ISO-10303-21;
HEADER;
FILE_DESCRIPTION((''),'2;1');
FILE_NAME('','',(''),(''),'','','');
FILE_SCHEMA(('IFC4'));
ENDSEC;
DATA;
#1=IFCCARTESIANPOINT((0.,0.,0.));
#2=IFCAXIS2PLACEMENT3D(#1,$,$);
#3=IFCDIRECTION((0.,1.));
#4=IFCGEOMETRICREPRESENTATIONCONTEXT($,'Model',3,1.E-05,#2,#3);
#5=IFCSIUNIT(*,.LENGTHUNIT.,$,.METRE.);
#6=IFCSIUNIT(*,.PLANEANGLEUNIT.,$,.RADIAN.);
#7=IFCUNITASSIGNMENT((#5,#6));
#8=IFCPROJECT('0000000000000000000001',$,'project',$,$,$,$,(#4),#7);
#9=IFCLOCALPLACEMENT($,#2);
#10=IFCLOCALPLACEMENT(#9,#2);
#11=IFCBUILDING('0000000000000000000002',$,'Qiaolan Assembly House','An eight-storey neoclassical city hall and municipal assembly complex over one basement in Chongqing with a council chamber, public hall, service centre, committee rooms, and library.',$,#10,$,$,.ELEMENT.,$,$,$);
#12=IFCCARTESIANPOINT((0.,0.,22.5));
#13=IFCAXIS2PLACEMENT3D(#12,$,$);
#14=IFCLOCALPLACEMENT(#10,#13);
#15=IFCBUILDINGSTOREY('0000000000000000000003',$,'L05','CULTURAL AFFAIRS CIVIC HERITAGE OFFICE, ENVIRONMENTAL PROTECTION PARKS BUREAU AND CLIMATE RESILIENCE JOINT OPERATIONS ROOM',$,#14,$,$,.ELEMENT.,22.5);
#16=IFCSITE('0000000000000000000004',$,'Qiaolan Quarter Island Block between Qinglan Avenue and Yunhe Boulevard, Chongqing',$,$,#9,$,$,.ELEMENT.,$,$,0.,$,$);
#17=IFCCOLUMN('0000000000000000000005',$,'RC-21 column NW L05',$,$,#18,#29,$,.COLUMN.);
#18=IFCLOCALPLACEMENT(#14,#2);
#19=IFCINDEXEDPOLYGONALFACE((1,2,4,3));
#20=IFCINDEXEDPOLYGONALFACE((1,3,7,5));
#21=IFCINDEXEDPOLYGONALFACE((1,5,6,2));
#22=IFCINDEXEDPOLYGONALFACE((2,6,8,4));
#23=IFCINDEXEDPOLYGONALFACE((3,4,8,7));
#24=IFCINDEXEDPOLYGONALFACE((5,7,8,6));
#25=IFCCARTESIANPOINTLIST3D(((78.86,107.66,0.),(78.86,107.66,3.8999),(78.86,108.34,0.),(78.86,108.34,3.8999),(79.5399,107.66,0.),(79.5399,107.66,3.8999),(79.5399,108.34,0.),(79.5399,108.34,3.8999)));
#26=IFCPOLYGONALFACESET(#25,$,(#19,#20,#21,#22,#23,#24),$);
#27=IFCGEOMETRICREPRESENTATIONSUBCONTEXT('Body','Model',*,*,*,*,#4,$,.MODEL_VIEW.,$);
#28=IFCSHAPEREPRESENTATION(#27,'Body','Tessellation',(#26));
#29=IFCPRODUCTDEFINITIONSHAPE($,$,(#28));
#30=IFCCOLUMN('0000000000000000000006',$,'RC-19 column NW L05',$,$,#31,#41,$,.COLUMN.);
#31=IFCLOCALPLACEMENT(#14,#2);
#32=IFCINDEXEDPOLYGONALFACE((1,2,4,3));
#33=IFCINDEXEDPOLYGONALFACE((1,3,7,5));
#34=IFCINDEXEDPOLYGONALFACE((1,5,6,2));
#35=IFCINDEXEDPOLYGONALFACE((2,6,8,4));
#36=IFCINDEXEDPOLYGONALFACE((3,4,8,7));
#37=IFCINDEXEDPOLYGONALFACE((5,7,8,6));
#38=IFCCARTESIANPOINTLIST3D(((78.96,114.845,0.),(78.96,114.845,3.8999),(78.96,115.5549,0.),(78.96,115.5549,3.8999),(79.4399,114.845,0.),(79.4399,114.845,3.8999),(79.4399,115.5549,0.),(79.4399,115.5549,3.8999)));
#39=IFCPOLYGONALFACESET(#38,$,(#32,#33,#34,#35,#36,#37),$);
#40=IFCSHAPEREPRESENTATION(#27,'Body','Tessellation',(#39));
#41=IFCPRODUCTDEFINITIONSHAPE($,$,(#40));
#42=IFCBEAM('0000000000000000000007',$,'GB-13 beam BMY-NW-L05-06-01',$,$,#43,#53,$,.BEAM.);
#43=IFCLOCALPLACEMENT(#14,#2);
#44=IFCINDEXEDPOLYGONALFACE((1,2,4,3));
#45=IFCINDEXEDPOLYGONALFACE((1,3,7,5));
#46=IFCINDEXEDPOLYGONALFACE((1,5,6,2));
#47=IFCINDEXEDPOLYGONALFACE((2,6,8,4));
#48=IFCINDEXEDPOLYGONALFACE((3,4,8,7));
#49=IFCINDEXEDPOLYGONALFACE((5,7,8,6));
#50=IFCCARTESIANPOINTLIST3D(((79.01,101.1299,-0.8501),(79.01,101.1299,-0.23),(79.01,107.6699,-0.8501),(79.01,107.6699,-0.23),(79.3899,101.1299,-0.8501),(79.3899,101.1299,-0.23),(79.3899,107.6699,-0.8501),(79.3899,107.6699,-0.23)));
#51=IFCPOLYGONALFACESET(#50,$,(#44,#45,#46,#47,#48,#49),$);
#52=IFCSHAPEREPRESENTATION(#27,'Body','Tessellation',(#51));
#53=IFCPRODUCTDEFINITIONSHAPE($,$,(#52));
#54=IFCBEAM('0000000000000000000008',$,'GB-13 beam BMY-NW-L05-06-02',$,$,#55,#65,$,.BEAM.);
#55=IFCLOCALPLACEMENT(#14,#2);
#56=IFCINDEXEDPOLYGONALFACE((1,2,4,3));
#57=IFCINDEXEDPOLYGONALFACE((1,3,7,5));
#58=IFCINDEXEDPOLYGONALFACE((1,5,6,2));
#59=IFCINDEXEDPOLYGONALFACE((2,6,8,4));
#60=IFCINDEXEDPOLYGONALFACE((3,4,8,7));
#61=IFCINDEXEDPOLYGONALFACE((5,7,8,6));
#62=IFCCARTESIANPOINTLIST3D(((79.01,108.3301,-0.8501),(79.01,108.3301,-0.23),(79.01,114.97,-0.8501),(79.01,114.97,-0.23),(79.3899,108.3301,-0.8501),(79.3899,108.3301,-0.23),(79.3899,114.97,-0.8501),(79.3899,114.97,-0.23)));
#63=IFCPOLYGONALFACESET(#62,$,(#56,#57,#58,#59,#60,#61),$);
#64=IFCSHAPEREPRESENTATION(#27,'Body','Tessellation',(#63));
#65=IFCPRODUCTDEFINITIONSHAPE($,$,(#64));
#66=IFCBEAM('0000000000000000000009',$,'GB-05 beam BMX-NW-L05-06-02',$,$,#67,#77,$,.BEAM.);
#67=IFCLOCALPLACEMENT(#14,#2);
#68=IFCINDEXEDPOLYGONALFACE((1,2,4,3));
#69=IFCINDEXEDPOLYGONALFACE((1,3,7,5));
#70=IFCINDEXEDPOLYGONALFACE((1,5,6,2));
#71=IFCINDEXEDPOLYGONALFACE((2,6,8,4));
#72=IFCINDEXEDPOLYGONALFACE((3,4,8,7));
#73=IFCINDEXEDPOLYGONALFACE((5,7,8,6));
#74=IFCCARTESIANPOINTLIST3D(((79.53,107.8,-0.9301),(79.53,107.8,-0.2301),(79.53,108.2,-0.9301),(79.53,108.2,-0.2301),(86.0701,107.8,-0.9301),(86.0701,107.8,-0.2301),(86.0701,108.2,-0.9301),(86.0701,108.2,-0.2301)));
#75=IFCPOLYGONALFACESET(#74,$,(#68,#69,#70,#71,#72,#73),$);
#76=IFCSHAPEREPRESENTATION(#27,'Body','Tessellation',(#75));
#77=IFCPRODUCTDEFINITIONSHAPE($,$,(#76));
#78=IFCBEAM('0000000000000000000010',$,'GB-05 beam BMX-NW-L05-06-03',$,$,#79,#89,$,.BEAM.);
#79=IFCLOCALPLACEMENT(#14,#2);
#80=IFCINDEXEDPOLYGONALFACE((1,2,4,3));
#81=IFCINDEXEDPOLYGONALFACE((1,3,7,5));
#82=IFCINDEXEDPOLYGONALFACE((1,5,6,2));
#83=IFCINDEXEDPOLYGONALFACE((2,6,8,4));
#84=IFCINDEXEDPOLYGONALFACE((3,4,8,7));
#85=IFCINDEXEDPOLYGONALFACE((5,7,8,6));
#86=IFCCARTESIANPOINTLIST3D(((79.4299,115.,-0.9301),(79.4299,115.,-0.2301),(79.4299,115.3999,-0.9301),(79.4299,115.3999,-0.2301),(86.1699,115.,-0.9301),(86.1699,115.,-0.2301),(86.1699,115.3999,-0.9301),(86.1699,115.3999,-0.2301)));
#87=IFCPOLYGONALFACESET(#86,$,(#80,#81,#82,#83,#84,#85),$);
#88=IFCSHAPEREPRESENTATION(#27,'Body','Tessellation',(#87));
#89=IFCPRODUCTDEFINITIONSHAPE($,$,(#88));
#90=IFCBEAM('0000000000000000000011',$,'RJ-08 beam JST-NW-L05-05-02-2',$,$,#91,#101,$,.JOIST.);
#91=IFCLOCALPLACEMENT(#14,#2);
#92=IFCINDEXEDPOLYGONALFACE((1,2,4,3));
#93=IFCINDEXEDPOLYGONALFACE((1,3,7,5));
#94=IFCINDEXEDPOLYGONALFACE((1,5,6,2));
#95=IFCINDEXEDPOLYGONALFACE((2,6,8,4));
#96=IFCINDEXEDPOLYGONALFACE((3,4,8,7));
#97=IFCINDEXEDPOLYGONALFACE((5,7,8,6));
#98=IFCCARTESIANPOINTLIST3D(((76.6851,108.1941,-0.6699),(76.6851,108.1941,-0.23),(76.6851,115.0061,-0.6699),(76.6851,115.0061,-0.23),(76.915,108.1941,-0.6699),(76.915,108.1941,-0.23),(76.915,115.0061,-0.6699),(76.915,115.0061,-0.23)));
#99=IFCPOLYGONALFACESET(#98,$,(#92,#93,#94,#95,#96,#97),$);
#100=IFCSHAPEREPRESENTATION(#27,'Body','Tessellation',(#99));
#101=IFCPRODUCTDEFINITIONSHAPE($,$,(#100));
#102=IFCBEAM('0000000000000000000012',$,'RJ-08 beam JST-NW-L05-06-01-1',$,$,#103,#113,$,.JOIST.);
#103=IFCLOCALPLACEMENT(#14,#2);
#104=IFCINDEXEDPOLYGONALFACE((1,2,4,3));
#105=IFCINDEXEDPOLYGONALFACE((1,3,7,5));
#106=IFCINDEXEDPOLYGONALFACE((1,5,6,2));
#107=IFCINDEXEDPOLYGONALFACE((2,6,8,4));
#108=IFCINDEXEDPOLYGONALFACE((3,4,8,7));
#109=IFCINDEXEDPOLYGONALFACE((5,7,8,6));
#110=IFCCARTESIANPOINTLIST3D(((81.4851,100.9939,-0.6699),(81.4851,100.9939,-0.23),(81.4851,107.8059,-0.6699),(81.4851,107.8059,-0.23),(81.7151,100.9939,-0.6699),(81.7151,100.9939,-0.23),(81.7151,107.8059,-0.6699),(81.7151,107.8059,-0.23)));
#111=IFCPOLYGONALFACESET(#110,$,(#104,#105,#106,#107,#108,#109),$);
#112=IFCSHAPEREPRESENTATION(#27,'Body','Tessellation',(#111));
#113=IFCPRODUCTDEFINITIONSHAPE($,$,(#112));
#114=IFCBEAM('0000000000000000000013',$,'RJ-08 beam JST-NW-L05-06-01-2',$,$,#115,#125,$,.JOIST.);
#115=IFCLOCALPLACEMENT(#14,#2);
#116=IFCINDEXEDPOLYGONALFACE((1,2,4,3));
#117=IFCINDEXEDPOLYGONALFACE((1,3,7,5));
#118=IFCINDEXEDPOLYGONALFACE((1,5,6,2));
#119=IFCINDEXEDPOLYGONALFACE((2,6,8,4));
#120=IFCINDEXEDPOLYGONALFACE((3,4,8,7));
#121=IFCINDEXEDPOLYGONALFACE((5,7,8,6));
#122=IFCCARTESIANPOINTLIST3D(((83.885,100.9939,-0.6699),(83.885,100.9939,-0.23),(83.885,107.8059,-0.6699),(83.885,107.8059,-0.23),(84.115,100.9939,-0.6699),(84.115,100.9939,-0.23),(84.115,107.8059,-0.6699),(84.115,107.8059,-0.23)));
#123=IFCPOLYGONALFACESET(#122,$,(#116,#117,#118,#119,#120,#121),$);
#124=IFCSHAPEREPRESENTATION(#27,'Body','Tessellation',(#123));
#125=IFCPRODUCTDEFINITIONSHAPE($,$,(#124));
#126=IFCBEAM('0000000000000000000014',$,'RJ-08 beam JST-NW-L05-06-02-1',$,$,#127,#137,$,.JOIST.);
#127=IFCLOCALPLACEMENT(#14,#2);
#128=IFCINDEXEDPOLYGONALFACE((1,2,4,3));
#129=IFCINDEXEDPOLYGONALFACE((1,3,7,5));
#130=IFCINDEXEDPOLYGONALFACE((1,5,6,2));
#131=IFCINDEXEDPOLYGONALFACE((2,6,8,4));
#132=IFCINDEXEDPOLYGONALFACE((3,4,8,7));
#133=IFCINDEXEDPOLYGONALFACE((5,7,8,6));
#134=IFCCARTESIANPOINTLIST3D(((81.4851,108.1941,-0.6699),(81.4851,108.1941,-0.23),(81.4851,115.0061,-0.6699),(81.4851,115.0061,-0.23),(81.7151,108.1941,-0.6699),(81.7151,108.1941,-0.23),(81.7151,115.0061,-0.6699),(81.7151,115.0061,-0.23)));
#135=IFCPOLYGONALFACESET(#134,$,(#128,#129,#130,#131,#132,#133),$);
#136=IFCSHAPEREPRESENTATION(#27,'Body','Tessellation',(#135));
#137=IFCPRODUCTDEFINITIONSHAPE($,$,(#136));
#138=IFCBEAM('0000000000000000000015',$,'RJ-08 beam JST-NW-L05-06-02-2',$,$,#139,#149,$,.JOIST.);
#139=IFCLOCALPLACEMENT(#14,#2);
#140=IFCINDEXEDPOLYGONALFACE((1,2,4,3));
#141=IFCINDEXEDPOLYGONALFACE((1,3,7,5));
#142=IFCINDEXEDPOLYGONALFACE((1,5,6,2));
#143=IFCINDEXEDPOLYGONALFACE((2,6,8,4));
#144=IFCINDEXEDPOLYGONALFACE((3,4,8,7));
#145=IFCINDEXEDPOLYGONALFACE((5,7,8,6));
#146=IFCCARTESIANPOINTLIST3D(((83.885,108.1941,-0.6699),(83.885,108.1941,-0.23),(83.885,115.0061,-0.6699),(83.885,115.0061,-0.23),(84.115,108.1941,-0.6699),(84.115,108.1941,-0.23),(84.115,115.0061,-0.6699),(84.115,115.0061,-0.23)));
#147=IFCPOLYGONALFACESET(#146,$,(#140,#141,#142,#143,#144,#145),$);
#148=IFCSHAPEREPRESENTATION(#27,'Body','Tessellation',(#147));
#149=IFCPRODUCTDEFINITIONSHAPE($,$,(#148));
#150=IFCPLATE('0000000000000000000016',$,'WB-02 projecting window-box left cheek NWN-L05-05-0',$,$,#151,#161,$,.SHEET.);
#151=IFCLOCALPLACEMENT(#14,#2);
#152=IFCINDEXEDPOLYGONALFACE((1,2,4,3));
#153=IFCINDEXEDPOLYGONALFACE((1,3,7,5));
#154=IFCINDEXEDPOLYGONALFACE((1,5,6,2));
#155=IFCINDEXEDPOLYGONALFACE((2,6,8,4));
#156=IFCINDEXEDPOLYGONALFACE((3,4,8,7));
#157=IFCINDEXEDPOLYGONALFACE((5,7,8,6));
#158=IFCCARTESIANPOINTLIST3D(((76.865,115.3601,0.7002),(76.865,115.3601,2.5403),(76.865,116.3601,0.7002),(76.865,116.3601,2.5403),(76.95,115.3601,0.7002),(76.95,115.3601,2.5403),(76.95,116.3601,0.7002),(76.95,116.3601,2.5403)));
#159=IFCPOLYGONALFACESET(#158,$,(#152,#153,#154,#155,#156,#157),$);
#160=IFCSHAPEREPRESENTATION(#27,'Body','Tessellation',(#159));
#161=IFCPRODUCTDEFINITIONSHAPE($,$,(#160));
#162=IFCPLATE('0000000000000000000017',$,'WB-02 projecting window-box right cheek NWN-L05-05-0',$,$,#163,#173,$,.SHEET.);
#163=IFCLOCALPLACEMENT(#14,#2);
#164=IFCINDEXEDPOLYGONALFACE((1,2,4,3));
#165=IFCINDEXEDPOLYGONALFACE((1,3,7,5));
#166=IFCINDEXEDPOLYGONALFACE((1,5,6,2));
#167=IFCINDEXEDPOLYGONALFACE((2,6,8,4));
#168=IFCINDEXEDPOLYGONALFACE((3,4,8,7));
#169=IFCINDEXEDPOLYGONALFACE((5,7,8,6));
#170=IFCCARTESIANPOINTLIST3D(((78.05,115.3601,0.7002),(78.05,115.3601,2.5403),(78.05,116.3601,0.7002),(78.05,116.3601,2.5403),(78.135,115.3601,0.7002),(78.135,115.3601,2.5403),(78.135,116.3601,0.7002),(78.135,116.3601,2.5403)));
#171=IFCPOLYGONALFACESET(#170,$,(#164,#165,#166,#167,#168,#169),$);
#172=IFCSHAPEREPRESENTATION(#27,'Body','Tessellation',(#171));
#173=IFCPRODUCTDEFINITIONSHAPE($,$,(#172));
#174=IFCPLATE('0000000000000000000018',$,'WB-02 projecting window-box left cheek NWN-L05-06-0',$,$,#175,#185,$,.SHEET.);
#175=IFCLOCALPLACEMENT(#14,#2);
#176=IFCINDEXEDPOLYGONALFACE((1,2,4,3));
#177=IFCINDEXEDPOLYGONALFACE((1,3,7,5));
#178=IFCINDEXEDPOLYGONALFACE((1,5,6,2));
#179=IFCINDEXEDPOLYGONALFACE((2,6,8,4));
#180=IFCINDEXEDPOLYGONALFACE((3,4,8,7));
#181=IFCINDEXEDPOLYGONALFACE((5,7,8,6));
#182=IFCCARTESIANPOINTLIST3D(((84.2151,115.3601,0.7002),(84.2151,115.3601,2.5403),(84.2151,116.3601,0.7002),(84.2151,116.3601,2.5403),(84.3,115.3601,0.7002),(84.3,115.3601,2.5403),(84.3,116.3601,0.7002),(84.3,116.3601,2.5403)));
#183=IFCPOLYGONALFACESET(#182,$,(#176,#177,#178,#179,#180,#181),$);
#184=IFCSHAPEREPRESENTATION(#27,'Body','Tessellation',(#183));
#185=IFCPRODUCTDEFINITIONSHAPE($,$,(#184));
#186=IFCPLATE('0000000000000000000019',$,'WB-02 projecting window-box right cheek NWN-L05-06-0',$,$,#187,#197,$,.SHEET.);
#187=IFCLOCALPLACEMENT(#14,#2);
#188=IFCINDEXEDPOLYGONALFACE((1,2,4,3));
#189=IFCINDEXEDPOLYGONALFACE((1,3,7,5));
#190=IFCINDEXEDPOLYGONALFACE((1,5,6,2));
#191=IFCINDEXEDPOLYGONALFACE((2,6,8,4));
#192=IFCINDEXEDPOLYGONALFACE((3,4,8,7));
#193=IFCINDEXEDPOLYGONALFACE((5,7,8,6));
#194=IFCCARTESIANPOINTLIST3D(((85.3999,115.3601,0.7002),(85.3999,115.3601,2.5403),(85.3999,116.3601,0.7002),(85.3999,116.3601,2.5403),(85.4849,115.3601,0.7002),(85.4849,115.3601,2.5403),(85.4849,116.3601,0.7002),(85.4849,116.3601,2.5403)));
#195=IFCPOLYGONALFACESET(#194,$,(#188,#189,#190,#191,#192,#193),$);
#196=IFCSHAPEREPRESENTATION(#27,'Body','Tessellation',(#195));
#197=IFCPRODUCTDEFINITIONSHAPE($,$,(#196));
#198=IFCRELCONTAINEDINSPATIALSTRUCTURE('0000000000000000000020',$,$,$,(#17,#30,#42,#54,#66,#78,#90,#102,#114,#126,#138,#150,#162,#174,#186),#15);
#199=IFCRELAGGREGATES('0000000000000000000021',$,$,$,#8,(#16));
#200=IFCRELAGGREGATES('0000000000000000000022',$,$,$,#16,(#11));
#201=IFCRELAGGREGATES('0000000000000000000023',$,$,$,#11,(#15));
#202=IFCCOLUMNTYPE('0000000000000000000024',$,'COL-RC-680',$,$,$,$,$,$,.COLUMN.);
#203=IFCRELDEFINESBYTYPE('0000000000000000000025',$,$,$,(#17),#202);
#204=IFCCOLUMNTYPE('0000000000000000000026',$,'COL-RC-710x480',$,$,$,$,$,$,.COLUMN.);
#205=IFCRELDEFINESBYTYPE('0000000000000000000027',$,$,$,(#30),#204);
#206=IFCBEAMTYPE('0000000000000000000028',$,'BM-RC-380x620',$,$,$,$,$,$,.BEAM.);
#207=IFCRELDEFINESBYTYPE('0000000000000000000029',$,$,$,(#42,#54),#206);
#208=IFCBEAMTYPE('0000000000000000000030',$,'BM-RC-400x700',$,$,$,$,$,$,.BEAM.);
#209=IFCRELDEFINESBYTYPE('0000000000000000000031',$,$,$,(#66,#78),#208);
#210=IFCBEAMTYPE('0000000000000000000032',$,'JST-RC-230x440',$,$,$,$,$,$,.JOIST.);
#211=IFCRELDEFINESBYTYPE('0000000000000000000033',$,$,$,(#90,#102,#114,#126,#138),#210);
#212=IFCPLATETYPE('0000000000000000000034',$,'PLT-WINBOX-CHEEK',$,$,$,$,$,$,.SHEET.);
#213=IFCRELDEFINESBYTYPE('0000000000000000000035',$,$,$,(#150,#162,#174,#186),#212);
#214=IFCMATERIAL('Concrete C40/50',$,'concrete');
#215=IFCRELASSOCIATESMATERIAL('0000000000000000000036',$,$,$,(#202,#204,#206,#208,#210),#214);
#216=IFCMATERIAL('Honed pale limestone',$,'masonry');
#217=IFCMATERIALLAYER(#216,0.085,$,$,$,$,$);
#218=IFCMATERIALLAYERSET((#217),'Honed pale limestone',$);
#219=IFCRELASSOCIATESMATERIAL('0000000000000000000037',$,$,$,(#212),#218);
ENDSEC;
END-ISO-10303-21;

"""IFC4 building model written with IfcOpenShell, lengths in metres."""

from ifc_helpers import new_model, si_unit, direction, frame, origin, origin_2d, place, context, subcontext, project, spatial, rectangle, extrude, material, layer, layer_set, material_profile, profile_set, type_object, element, save


model = new_model("IFC4")

# Units and contexts
model_context = context("Model", 3, precision=1e-05, world=origin(), true_north=direction((0.0, 1.0)))
body_context = subcontext(model_context, "Body", "Model", "MODEL_VIEW")
ifc_project = project(units=[si_unit("LENGTHUNIT", "METRE"), si_unit("PLANEANGLEUNIT", "RADIAN")], contexts=[model_context])

# Site, building, storey
site_placement = place(None, origin())
site = spatial("IfcSite", under=ifc_project, at=site_placement, Name="Qiaolan Quarter Island Block between Qinglan Avenue and Yunhe Boulevard, Chongqing", CompositionType="ELEMENT", RefElevation=0.0)
building_placement = place(site_placement, origin())
building = spatial("IfcBuilding", under=site, at=building_placement, Name="Qiaolan Assembly House", Description="An eight-storey neoclassical city hall and municipal assembly complex over one basement in Chongqing with a council chamber, public hall, service centre, committee rooms, and library.", CompositionType="ELEMENT")
storey_placement = place(building_placement, frame((0.0, 0.0, 22.5)))
storey = spatial("IfcBuildingStorey", under=building, at=storey_placement, Name="L05", Description="CULTURAL AFFAIRS CIVIC HERITAGE OFFICE, ENVIRONMENTAL PROTECTION PARKS BUREAU AND CLIMATE RESILIENCE JOINT OPERATIONS ROOM", CompositionType="ELEMENT", Elevation=22.5)

# Columns
ifc_material_1 = material(Name="Concrete C40/50", Category="concrete")
ifc_material_profile_1 = material_profile(ifc_material_1, rectangle(XDim=0.6799, YDim=0.6799, at=origin_2d()), Name="RC 680x680")
ifc_profile_set_1 = profile_set([ifc_material_profile_1], Name="Concrete C40/50")
column_type_1 = type_object("IfcColumnType", Name="COL-RC-680", PredefinedType="COLUMN", material=ifc_profile_set_1)
column_1_placement = place(storey_placement, frame((79.2, 108.0, 0.0), z_axis=(0.0, 0.0, 1.0), x_axis=(1.0, 0.0, 0.0)))
element("IfcColumn", 1, at=column_1_placement, inside=storey, type_object=column_type_1, Name="RC-21 column NW L05", PredefinedType="COLUMN", context=body_context, shape_type="SweptSolid", body=[
    extrude(rectangle(XDim=0.6799, YDim=0.6799, at=origin_2d()), origin(), (0.0, 0.0, 1.0), 3.8999),
])
ifc_material_profile_2 = material_profile(ifc_material_1, rectangle(XDim=0.48, YDim=0.71, at=origin_2d()), Name="RC 710x480")
ifc_profile_set_2 = profile_set([ifc_material_profile_2], Name="Concrete C40/50")
column_type_2 = type_object("IfcColumnType", Name="COL-RC-710x480", PredefinedType="COLUMN", material=ifc_profile_set_2)
column_2_placement = place(storey_placement, frame((79.2, 115.2, 0.0), z_axis=(0.0, 0.0, 1.0), x_axis=(1.0, 0.0, 0.0)))
element("IfcColumn", 2, at=column_2_placement, inside=storey, type_object=column_type_2, Name="RC-19 column NW L05", PredefinedType="COLUMN", context=body_context, shape_type="SweptSolid", body=[
    extrude(rectangle(XDim=0.48, YDim=0.71, at=origin_2d()), origin(), (0.0, 0.0, 1.0), 3.8999),
])

# Beams
ifc_material_profile_3 = material_profile(ifc_material_1, rectangle(XDim=0.3799, YDim=0.6201, at=origin_2d()), Name="RCB 380x620")
ifc_profile_set_3 = profile_set([ifc_material_profile_3], Name="Concrete C40/50")
beam_type_1 = type_object("IfcBeamType", Name="BM-RC-380x620", PredefinedType="BEAM", material=ifc_profile_set_3)
beam_1_placement = place(storey_placement, frame((79.2, 101.1299, -0.54), z_axis=(0.0, 1.0, 0.0), x_axis=(-1.0, 0.0, 0.0)))
element("IfcBeam", 3, at=beam_1_placement, inside=storey, type_object=beam_type_1, Name="GB-13 beam BMY-NW-L05-06-01", PredefinedType="BEAM", context=body_context, shape_type="SweptSolid", body=[
    extrude(rectangle(XDim=0.3799, YDim=0.6201, at=origin_2d()), origin(), (0.0, 0.0, 1.0), 6.54),
])
beam_2_placement = place(storey_placement, frame((79.2, 108.3301, -0.54), z_axis=(0.0, 1.0, 0.0), x_axis=(-1.0, 0.0, 0.0)))
element("IfcBeam", 4, at=beam_2_placement, inside=storey, type_object=beam_type_1, Name="GB-13 beam BMY-NW-L05-06-02", PredefinedType="BEAM", context=body_context, shape_type="SweptSolid", body=[
    extrude(rectangle(XDim=0.3799, YDim=0.6201, at=origin_2d()), origin(), (0.0, 0.0, 1.0), 6.6399),
])
ifc_material_profile_4 = material_profile(ifc_material_1, rectangle(XDim=0.3999, YDim=0.7, at=origin_2d()), Name="RCB 400x700")
ifc_profile_set_4 = profile_set([ifc_material_profile_4], Name="Concrete C40/50")
beam_type_2 = type_object("IfcBeamType", Name="BM-RC-400x700", PredefinedType="BEAM", material=ifc_profile_set_4)
beam_3_placement = place(storey_placement, frame((79.53, 108.0, -0.5801), z_axis=(1.0, 0.0, 0.0), x_axis=(0.0, 1.0, 0.0)))
element("IfcBeam", 5, at=beam_3_placement, inside=storey, type_object=beam_type_2, Name="GB-05 beam BMX-NW-L05-06-02", PredefinedType="BEAM", context=body_context, shape_type="SweptSolid", body=[
    extrude(rectangle(XDim=0.3999, YDim=0.7, at=origin_2d()), origin(), (0.0, 0.0, 1.0), 6.54),
])
beam_4_placement = place(storey_placement, frame((79.4299, 115.2, -0.5801), z_axis=(1.0, 0.0, 0.0), x_axis=(0.0, 1.0, 0.0)))
element("IfcBeam", 6, at=beam_4_placement, inside=storey, type_object=beam_type_2, Name="GB-05 beam BMX-NW-L05-06-03", PredefinedType="BEAM", context=body_context, shape_type="SweptSolid", body=[
    extrude(rectangle(XDim=0.3999, YDim=0.7, at=origin_2d()), origin(), (0.0, 0.0, 1.0), 6.74),
])
ifc_material_profile_5 = material_profile(ifc_material_1, rectangle(XDim=0.23, YDim=0.4399, at=origin_2d()), Name="RCB 230x440")
ifc_profile_set_5 = profile_set([ifc_material_profile_5], Name="Concrete C40/50")
beam_type_3 = type_object("IfcBeamType", Name="JST-RC-230x440", PredefinedType="JOIST", material=ifc_profile_set_5)
for number, where, z_axis, x_axis, name in (
    (7, (76.8, 108.1941, -0.45), (0.0, 1.0, 0.0), (-1.0, 0.0, 0.0), "RJ-08 beam JST-NW-L05-05-02-2"),
    (8, (81.6001, 100.9939, -0.45), (0.0, 1.0, 0.0), (-1.0, 0.0, 0.0), "RJ-08 beam JST-NW-L05-06-01-1"),
    (9, (84.0, 100.9939, -0.45), (0.0, 1.0, 0.0), (-1.0, 0.0, 0.0), "RJ-08 beam JST-NW-L05-06-01-2"),
    (10, (81.6001, 108.1941, -0.45), (0.0, 1.0, 0.0), (-1.0, 0.0, 0.0), "RJ-08 beam JST-NW-L05-06-02-1"),
    (11, (84.0, 108.1941, -0.45), (0.0, 1.0, 0.0), (-1.0, 0.0, 0.0), "RJ-08 beam JST-NW-L05-06-02-2"),
):
    element("IfcBeam", number, at=place(storey_placement, frame(where, z_axis=z_axis, x_axis=x_axis)), inside=storey, type_object=beam_type_3, Name=name, PredefinedType="JOIST", context=body_context, shape_type="SweptSolid", body=[
        extrude(rectangle(XDim=0.23, YDim=0.4399, at=origin_2d()), origin(), (0.0, 0.0, 1.0), 6.812),
    ])

# Plates
ifc_material_2 = material(Name="Honed pale limestone", Category="masonry")
ifc_layer_1 = layer(ifc_material_2, 0.085)
ifc_layer_set_1 = layer_set([ifc_layer_1], Name="Honed pale limestone")
plate_type = type_object("IfcPlateType", Name="PLT-WINBOX-CHEEK", PredefinedType="SHEET", material=ifc_layer_set_1)
for number, where, z_axis, x_axis, name in (
    (12, (76.9075, 115.8601, 0.7002), (0.0, 0.0, 1.0), (1.0, 0.0, 0.0), "WB-02 projecting window-box left cheek NWN-L05-05-0"),
    (13, (78.0925, 115.8601, 0.7002), (0.0, 0.0, 1.0), (1.0, 0.0, 0.0), "WB-02 projecting window-box right cheek NWN-L05-05-0"),
    (14, (84.2576, 115.8601, 0.7002), (0.0, 0.0, 1.0), (1.0, 0.0, 0.0), "WB-02 projecting window-box left cheek NWN-L05-06-0"),
    (15, (85.4424, 115.8601, 0.7002), (0.0, 0.0, 1.0), (1.0, 0.0, 0.0), "WB-02 projecting window-box right cheek NWN-L05-06-0"),
):
    element("IfcPlate", number, at=place(storey_placement, frame(where, z_axis=z_axis, x_axis=x_axis)), inside=storey, type_object=plate_type, Name=name, PredefinedType="SHEET", context=body_context, shape_type="SweptSolid", body=[
        extrude(rectangle(XDim=0.085, YDim=1.0, at=origin_2d()), origin(), (0.0, 0.0, 1.0), 1.8401),
    ])

save(model, "model.ifc")
